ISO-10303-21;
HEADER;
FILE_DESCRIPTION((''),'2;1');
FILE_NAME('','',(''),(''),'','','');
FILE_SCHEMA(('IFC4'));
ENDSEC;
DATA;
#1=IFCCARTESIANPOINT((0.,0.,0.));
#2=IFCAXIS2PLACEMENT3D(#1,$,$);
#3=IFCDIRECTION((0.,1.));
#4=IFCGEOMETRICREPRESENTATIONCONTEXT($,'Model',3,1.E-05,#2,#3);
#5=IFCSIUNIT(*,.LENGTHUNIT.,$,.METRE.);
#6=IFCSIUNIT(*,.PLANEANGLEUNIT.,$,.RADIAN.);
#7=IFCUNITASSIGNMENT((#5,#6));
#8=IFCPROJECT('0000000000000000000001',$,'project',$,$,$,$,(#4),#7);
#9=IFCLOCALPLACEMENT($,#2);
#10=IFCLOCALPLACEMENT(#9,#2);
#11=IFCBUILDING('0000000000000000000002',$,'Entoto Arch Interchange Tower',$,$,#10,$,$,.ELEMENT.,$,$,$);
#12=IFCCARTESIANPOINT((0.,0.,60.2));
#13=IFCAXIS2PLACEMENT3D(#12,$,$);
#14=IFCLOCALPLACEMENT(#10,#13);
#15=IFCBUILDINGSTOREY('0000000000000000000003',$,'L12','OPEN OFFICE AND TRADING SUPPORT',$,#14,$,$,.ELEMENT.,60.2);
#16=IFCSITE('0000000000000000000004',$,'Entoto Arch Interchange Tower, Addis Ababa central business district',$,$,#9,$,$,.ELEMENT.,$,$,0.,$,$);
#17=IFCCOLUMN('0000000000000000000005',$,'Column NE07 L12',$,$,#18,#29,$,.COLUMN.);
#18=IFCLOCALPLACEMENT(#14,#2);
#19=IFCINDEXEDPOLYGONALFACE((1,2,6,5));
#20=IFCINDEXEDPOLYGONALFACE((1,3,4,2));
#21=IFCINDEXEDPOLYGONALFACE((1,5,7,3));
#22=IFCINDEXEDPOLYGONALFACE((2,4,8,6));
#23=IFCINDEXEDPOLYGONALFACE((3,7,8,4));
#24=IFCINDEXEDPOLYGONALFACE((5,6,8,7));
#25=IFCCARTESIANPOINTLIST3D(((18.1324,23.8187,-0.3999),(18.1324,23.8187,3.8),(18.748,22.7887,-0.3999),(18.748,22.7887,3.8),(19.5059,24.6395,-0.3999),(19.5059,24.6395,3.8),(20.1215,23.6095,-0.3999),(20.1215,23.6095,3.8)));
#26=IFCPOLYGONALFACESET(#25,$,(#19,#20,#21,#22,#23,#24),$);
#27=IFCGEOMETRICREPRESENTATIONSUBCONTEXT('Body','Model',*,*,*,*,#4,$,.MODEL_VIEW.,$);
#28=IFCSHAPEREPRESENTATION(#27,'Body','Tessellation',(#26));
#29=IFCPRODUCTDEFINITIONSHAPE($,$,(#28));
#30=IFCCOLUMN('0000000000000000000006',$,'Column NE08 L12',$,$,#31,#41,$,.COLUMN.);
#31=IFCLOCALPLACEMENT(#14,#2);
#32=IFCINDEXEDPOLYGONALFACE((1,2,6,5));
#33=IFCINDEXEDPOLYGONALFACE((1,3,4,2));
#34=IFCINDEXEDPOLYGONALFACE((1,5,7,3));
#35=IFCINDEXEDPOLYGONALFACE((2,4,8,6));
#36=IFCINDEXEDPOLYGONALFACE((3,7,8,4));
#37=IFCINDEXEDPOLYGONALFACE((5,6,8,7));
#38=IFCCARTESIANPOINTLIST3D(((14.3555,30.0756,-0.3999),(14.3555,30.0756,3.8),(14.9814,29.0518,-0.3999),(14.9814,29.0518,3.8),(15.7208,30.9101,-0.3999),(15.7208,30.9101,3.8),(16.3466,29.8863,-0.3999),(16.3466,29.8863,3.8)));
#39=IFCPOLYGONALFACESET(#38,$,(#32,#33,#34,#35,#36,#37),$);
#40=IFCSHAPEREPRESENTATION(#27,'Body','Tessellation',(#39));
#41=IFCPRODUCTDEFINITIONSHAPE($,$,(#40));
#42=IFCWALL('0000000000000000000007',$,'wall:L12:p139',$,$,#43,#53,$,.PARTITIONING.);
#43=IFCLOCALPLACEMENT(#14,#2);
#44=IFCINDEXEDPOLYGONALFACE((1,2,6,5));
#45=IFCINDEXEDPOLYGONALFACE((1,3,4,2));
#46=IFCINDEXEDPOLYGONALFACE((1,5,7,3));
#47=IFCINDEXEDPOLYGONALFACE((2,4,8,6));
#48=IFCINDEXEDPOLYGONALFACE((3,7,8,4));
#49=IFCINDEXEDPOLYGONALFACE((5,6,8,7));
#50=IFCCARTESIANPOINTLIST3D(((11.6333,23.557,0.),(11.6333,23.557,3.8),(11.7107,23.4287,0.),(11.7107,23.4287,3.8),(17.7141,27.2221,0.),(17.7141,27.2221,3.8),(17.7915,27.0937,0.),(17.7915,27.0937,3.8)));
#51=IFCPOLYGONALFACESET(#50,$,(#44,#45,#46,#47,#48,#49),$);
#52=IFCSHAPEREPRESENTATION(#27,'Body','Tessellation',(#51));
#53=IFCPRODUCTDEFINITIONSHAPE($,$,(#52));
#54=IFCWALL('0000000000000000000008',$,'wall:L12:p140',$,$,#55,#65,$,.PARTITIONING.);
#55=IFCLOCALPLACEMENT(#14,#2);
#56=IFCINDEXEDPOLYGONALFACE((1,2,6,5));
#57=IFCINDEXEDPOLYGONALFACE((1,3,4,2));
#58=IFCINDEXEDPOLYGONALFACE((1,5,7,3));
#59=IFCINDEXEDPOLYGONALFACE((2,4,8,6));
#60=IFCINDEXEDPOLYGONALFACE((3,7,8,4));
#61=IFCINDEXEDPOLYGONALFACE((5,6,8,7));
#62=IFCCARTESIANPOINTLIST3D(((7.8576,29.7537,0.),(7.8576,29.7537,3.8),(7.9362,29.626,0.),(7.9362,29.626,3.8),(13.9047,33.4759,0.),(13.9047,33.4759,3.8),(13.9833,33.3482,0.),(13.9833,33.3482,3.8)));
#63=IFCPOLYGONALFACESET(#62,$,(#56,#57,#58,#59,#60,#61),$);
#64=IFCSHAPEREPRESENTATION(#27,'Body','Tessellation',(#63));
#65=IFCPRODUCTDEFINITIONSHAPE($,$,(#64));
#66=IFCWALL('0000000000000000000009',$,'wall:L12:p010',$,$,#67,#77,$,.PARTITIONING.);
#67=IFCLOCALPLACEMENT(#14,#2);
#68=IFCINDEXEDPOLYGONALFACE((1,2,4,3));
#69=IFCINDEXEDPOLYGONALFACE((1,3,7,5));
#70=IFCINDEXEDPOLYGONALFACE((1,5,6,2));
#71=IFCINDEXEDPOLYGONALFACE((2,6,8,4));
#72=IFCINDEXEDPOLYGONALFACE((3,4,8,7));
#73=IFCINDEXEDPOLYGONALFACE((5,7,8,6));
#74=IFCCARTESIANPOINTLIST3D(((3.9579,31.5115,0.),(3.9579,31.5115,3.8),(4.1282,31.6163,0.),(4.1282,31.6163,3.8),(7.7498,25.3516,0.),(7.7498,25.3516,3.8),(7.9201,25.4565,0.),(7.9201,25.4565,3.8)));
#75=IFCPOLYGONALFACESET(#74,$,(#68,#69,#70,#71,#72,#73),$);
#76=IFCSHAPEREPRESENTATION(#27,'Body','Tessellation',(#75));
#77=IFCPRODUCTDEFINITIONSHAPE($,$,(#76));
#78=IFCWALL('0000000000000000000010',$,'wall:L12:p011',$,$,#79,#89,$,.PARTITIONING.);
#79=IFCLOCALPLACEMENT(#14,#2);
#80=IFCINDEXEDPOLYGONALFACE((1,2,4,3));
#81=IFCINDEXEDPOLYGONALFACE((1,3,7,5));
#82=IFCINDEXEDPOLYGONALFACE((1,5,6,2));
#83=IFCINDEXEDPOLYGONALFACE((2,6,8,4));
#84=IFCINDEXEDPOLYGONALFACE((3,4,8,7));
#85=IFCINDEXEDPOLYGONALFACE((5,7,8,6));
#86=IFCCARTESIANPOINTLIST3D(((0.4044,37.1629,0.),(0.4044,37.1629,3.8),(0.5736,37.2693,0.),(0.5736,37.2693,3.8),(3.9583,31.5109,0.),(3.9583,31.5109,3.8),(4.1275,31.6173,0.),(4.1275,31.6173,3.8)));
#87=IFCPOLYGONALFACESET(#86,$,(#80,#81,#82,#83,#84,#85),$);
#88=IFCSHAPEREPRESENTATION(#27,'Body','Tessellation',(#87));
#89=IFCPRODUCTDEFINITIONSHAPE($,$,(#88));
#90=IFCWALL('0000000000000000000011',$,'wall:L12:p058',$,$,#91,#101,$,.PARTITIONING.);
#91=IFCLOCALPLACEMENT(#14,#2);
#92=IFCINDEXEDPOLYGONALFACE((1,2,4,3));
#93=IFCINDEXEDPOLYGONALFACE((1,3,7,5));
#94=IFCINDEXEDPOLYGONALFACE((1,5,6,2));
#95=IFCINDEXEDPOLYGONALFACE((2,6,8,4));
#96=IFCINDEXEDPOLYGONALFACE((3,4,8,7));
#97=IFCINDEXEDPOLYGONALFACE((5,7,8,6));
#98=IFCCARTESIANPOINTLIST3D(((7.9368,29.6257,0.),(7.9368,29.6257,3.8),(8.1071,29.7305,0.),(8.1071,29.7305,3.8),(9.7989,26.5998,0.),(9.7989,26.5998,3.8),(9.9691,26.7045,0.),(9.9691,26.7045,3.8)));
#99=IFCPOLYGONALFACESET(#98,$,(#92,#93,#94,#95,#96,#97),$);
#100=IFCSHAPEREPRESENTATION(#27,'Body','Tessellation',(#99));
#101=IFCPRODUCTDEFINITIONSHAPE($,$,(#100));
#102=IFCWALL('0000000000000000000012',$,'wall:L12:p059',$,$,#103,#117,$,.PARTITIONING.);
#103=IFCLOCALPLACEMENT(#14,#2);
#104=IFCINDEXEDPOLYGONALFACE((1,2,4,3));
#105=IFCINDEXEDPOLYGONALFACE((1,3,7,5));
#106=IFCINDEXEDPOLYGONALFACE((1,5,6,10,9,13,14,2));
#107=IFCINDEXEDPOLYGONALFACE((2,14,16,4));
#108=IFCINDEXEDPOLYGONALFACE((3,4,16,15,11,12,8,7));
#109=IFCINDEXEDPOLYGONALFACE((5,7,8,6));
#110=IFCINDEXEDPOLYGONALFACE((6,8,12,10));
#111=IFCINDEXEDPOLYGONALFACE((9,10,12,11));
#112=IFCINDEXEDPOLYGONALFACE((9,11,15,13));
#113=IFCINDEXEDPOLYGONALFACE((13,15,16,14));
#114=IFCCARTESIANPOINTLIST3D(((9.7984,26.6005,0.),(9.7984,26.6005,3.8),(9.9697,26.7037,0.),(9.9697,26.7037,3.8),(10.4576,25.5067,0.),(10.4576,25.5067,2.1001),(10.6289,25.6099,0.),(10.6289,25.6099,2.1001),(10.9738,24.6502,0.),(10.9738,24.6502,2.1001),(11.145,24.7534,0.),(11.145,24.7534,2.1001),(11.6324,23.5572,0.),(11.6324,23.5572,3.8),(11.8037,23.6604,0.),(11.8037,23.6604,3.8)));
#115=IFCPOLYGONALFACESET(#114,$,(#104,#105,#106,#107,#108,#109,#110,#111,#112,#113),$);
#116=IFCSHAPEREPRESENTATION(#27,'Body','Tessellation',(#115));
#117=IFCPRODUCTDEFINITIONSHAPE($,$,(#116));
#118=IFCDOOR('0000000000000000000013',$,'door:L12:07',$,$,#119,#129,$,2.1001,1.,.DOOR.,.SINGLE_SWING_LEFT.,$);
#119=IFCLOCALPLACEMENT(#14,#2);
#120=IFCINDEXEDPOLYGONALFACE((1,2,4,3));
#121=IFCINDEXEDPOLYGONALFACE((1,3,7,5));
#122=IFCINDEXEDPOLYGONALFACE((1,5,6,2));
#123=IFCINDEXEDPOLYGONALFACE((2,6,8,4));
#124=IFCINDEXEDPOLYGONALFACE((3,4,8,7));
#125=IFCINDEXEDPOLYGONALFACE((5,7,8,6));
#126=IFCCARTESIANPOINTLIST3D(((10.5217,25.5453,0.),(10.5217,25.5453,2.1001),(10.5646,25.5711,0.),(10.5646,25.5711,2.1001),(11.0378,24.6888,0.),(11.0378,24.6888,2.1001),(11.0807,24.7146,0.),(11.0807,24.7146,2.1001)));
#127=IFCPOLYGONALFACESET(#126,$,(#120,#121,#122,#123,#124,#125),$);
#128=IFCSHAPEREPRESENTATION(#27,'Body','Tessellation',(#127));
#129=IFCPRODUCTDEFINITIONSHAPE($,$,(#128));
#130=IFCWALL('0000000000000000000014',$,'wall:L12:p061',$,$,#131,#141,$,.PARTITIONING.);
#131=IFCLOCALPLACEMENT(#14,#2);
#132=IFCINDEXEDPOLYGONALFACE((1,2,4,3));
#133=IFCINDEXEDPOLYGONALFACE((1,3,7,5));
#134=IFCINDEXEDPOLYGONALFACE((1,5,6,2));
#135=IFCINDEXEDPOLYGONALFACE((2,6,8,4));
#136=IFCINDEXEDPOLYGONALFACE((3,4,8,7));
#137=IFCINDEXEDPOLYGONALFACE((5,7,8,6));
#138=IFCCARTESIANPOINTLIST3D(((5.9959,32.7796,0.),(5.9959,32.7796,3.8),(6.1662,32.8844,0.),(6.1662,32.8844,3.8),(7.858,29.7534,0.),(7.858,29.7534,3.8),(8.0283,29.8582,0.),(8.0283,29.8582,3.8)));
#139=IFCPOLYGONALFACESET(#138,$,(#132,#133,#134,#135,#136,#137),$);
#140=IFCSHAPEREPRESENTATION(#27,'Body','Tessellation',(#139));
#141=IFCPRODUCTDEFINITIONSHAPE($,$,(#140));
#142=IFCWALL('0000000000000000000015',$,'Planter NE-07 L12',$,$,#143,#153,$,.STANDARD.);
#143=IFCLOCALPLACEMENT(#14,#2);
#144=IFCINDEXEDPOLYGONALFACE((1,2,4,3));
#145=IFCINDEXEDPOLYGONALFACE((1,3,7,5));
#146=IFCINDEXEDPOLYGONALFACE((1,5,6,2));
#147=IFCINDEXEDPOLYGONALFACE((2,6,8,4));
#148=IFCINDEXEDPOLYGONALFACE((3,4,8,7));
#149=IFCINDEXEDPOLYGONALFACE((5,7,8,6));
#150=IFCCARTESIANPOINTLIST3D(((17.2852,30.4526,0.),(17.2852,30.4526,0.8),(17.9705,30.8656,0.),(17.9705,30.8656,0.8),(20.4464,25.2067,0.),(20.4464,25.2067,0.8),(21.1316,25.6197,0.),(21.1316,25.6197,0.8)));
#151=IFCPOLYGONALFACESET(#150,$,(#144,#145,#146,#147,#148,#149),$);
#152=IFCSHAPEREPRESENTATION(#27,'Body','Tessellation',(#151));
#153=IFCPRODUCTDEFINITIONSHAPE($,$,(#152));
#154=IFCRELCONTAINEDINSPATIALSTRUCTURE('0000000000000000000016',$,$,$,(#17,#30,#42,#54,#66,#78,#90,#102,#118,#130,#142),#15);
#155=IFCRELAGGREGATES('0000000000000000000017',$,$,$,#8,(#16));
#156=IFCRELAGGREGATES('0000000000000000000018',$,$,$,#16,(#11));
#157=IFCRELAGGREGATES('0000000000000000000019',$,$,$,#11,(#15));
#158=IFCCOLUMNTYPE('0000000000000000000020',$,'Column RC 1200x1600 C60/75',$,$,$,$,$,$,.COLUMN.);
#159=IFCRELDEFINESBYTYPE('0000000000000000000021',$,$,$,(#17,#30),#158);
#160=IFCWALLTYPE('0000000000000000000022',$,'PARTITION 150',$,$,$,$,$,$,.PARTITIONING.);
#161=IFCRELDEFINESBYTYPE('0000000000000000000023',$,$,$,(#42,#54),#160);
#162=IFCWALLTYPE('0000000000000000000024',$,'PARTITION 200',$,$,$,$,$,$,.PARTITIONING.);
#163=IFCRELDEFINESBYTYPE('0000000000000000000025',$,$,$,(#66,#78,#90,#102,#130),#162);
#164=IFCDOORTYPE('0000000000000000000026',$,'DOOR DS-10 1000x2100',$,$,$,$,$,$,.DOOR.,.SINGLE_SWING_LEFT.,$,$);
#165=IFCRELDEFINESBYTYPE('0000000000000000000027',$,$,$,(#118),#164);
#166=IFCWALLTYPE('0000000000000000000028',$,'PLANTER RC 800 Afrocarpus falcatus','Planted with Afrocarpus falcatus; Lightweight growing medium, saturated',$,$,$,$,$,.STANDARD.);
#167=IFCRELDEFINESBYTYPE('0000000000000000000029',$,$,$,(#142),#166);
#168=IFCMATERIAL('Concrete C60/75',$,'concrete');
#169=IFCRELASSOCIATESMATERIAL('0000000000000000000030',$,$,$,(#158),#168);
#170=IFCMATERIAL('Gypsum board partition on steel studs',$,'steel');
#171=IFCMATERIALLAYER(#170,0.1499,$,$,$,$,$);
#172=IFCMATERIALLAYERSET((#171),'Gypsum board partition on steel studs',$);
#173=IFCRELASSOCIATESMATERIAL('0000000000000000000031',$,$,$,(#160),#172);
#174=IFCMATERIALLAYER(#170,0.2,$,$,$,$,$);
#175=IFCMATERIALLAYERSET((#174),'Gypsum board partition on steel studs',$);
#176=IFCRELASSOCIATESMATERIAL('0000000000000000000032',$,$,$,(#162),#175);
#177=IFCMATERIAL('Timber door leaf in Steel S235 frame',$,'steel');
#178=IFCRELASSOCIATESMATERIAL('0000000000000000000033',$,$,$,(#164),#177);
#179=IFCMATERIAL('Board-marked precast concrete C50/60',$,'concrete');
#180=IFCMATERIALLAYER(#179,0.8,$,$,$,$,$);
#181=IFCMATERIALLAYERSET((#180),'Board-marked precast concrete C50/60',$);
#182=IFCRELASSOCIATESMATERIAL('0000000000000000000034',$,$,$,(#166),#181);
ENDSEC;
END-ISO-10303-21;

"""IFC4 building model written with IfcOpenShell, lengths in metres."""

from ifc_helpers import new_model, si_unit, direction, frame, frame_2d, origin, origin_2d, place, context, subcontext, project, spatial, rectangle, extrude, material, layer, layer_set, material_profile, profile_set, type_object, element, fill, save


model = new_model("IFC4")

# Units and contexts
model_context = context("Model", 3, precision=1e-05, world=origin(), true_north=direction((0.0, 1.0)))
body_context = subcontext(model_context, "Body", "Model", "MODEL_VIEW")
ifc_project = project(units=[si_unit("LENGTHUNIT", "METRE"), si_unit("PLANEANGLEUNIT", "RADIAN")], contexts=[model_context])

# Site, building, storey
site_placement = place(None, origin())
site = spatial("IfcSite", under=ifc_project, at=site_placement, Name="Entoto Arch Interchange Tower, Addis Ababa central business district", CompositionType="ELEMENT", RefElevation=0.0)
building_placement = place(site_placement, origin())
building = spatial("IfcBuilding", under=site, at=building_placement, Name="Entoto Arch Interchange Tower", CompositionType="ELEMENT")
storey_placement = place(building_placement, frame((0.0, 0.0, 60.2)))
storey = spatial("IfcBuildingStorey", under=building, at=storey_placement, Name="L12", Description="OPEN OFFICE AND TRADING SUPPORT", CompositionType="ELEMENT", Elevation=60.2)

# Columns
ifc_material_1 = material(Name="Concrete C60/75", Category="concrete")
ifc_material_profile = material_profile(ifc_material_1, rectangle(XDim=1.2, YDim=1.6001, at=origin_2d()))
ifc_profile_set = profile_set([ifc_material_profile], Name="Concrete C60/75")
column_type = type_object("IfcColumnType", Name="Column RC 1200x1600 C60/75", PredefinedType="COLUMN", material=ifc_profile_set)
for number, where, z_axis, x_axis, name in (
    (1, (19.127, 23.7141, -0.3999), (0.0, 0.0, 1.0), (-0.512972, 0.858405, 0.0), "Column NE07 L12"),
    (2, (15.3511, 29.981, -0.3999), (0.0, 0.0, 1.0), (-0.521546, 0.853223, 0.0), "Column NE08 L12"),
):
    element("IfcColumn", number, at=place(storey_placement, frame(where, z_axis=z_axis, x_axis=x_axis)), inside=storey, type_object=column_type, Name=name, PredefinedType="COLUMN", context=body_context, shape_type="SweptSolid", body=[
        extrude(rectangle(XDim=1.2, YDim=1.6001, at=origin_2d()), origin(), (0.0, 0.0, 1.0), 4.2),
    ])

# Walls
ifc_material_2 = material(Name="Gypsum board partition on steel studs", Category="steel")
ifc_layer_1 = layer(ifc_material_2, 0.1499)
ifc_layer_set_1 = layer_set([ifc_layer_1], Name="Gypsum board partition on steel studs")
wall_type_1 = type_object("IfcWallType", Name="PARTITION 150", PredefinedType="PARTITIONING", material=ifc_layer_set_1)
wall_1_placement = place(storey_placement, frame((11.6721, 23.4929, 0.0), z_axis=(0.0, 0.0, 1.0), x_axis=(0.856463, 0.516209, 0.0)))
element("IfcWall", 3, at=wall_1_placement, inside=storey, type_object=wall_type_1, Name="wall:L12:p139", PredefinedType="PARTITIONING", context=body_context, shape_type="SweptSolid", body=[
    extrude(rectangle(XDim=7.0999, YDim=0.1499, at=frame_2d((3.5498, 0.0))), origin(), (0.0, 0.0, 1.0), 3.8),
])
wall_2_placement = place(storey_placement, frame((7.897, 29.6899, 0.0), z_axis=(0.0, 0.0, 1.0), x_axis=(0.851604, 0.524186, 0.0)))
element("IfcWall", 4, at=wall_2_placement, inside=storey, type_object=wall_type_1, Name="wall:L12:p140", PredefinedType="PARTITIONING", context=body_context, shape_type="SweptSolid", body=[
    extrude(rectangle(XDim=7.1008, YDim=0.1499, at=frame_2d((3.5503, 0.0))), origin(), (0.0, 0.0, 1.0), 3.8),
])
ifc_layer_2 = layer(ifc_material_2, 0.2)
ifc_layer_set_2 = layer_set([ifc_layer_2], Name="Gypsum board partition on steel studs")
wall_type_2 = type_object("IfcWallType", Name="PARTITION 200", PredefinedType="PARTITIONING", material=ifc_layer_set_2)
wall_3_placement = place(storey_placement, frame((7.835, 25.4041, 0.0), z_axis=(0.0, 0.0, 1.0), x_axis=(-0.524225, 0.85158, 0.0)))
element("IfcWall", 5, at=wall_3_placement, inside=storey, type_object=wall_type_2, Name="wall:L12:p010", PredefinedType="PARTITIONING", context=body_context, shape_type="SweptSolid", body=[
    extrude(rectangle(XDim=7.2334, YDim=0.2, at=frame_2d((3.6167, 0.0))), origin(), (0.0, 0.0, 1.0), 3.8),
])
wall_4_placement = place(storey_placement, frame((4.043, 31.564, 0.0), z_axis=(0.0, 0.0, 1.0), x_axis=(-0.532301, 0.846555, 0.0)))
element("IfcWall", 6, at=wall_4_placement, inside=storey, type_object=wall_type_2, Name="wall:L12:p011", PredefinedType="PARTITIONING", context=body_context, shape_type="SweptSolid", body=[
    extrude(rectangle(XDim=6.6765, YDim=0.2, at=frame_2d((3.3384, 0.0))), origin(), (0.0, 0.0, 1.0), 3.8),
])
wall_5_placement = place(storey_placement, frame((8.022, 29.678, 0.0), z_axis=(0.0, 0.0, 1.0), x_axis=(0.524094, -0.851661, 0.0)))
element("IfcWall", 7, at=wall_5_placement, inside=storey, type_object=wall_type_2, Name="wall:L12:p058", PredefinedType="PARTITIONING", context=body_context, shape_type="SweptSolid", body=[
    extrude(rectangle(XDim=3.553, YDim=0.2, at=frame_2d((1.7764, 0.0))), origin(), (0.0, 0.0, 1.0), 3.8),
])

# Wall, opening, door
wall_6_placement = place(storey_placement, frame((9.884, 26.6521, 0.0), z_axis=(0.0, 0.0, 1.0), x_axis=(0.516162, -0.856491, 0.0)))
wall_6 = element("IfcWall", 8, at=wall_6_placement, inside=storey, type_object=wall_type_2, Name="wall:L12:p059", PredefinedType="PARTITIONING", context=body_context, shape_type="SweptSolid", body=[
    extrude(rectangle(XDim=3.5532, YDim=0.2, at=frame_2d((1.7766, 0.0))), origin(), (0.0, 0.0, 1.0), 3.8),
])
opening_1_placement = place(wall_6_placement, frame((1.2771, 0.0, 0.0)))
opening_1 = element("IfcOpeningElement", 9, at=opening_1_placement, cuts=wall_6, PredefinedType="OPENING", context=body_context, shape_type="SweptSolid", body=[
    extrude(rectangle(XDim=1.0, YDim=2.1001, at=frame_2d((0.5, 1.05))), frame((0.0, 0.1099, 0.0), z_axis=(0.0, -1.0, 0.0), x_axis=(1.0, 0.0, 0.0)), (0.0, 0.0, 1.0), 0.22),
])
ifc_material_3 = material(Name="Timber door leaf in Steel S235 frame", Category="steel")
door_type_1 = type_object("IfcDoorType", Name="DOOR DS-10 1000x2100", OperationType="SINGLE_SWING_LEFT", PredefinedType="DOOR", material=ifc_material_3)
door_1_placement = place(opening_1_placement, origin())
door_1 = element("IfcDoor", 10, at=door_1_placement, inside=storey, type_object=door_type_1, Name="door:L12:07", OperationType="SINGLE_SWING_LEFT", OverallHeight=2.1001, OverallWidth=1.0, PredefinedType="DOOR", context=body_context, shape_type="SweptSolid", body=[
    extrude(rectangle(XDim=1.0, YDim=2.1001, at=frame_2d((0.5, 1.05))), frame((0.0, 0.0249, 0.0), z_axis=(0.0, -1.0, 0.0), x_axis=(1.0, 0.0, 0.0)), (0.0, 0.0, 1.0), 0.05),
])
fill(opening_1, door_1)

# Walls
wall_7_placement = place(storey_placement, frame((6.0811, 32.832, 0.0), z_axis=(0.0, 0.0, 1.0), x_axis=(0.524063, -0.85168, 0.0)))
element("IfcWall", 11, at=wall_7_placement, inside=storey, type_object=wall_type_2, Name="wall:L12:p061", PredefinedType="PARTITIONING", context=body_context, shape_type="SweptSolid", body=[
    extrude(rectangle(XDim=3.5532, YDim=0.2, at=frame_2d((1.7766, 0.0))), origin(), (0.0, 0.0, 1.0), 3.8),
])
ifc_material_4 = material(Name="Board-marked precast concrete C50/60", Category="concrete")
ifc_layer_3 = layer(ifc_material_4, 0.8)
ifc_layer_set_3 = layer_set([ifc_layer_3], Name="Board-marked precast concrete C50/60")
wall_type_3 = type_object("IfcWallType", Name="PLANTER RC 800 Afrocarpus falcatus", Description="Planted with Afrocarpus falcatus; Lightweight growing medium, saturated", PredefinedType="STANDARD", material=ifc_layer_set_3)
wall_8_placement = place(storey_placement, frame((20.7891, 25.4131, 0.0), z_axis=(0.0, 0.0, 1.0), x_axis=(-0.51613, 0.85651, 0.0)))
element("IfcWall", 12, at=wall_8_placement, inside=storey, type_object=wall_type_3, Name="Planter NE-07 L12", PredefinedType="STANDARD", context=body_context, shape_type="SweptSolid", body=[
    extrude(rectangle(XDim=6.1248, YDim=0.8, at=frame_2d((3.0625, 0.0))), origin(), (0.0, 0.0, 1.0), 0.8),
])

save(model, "model.ifc")
